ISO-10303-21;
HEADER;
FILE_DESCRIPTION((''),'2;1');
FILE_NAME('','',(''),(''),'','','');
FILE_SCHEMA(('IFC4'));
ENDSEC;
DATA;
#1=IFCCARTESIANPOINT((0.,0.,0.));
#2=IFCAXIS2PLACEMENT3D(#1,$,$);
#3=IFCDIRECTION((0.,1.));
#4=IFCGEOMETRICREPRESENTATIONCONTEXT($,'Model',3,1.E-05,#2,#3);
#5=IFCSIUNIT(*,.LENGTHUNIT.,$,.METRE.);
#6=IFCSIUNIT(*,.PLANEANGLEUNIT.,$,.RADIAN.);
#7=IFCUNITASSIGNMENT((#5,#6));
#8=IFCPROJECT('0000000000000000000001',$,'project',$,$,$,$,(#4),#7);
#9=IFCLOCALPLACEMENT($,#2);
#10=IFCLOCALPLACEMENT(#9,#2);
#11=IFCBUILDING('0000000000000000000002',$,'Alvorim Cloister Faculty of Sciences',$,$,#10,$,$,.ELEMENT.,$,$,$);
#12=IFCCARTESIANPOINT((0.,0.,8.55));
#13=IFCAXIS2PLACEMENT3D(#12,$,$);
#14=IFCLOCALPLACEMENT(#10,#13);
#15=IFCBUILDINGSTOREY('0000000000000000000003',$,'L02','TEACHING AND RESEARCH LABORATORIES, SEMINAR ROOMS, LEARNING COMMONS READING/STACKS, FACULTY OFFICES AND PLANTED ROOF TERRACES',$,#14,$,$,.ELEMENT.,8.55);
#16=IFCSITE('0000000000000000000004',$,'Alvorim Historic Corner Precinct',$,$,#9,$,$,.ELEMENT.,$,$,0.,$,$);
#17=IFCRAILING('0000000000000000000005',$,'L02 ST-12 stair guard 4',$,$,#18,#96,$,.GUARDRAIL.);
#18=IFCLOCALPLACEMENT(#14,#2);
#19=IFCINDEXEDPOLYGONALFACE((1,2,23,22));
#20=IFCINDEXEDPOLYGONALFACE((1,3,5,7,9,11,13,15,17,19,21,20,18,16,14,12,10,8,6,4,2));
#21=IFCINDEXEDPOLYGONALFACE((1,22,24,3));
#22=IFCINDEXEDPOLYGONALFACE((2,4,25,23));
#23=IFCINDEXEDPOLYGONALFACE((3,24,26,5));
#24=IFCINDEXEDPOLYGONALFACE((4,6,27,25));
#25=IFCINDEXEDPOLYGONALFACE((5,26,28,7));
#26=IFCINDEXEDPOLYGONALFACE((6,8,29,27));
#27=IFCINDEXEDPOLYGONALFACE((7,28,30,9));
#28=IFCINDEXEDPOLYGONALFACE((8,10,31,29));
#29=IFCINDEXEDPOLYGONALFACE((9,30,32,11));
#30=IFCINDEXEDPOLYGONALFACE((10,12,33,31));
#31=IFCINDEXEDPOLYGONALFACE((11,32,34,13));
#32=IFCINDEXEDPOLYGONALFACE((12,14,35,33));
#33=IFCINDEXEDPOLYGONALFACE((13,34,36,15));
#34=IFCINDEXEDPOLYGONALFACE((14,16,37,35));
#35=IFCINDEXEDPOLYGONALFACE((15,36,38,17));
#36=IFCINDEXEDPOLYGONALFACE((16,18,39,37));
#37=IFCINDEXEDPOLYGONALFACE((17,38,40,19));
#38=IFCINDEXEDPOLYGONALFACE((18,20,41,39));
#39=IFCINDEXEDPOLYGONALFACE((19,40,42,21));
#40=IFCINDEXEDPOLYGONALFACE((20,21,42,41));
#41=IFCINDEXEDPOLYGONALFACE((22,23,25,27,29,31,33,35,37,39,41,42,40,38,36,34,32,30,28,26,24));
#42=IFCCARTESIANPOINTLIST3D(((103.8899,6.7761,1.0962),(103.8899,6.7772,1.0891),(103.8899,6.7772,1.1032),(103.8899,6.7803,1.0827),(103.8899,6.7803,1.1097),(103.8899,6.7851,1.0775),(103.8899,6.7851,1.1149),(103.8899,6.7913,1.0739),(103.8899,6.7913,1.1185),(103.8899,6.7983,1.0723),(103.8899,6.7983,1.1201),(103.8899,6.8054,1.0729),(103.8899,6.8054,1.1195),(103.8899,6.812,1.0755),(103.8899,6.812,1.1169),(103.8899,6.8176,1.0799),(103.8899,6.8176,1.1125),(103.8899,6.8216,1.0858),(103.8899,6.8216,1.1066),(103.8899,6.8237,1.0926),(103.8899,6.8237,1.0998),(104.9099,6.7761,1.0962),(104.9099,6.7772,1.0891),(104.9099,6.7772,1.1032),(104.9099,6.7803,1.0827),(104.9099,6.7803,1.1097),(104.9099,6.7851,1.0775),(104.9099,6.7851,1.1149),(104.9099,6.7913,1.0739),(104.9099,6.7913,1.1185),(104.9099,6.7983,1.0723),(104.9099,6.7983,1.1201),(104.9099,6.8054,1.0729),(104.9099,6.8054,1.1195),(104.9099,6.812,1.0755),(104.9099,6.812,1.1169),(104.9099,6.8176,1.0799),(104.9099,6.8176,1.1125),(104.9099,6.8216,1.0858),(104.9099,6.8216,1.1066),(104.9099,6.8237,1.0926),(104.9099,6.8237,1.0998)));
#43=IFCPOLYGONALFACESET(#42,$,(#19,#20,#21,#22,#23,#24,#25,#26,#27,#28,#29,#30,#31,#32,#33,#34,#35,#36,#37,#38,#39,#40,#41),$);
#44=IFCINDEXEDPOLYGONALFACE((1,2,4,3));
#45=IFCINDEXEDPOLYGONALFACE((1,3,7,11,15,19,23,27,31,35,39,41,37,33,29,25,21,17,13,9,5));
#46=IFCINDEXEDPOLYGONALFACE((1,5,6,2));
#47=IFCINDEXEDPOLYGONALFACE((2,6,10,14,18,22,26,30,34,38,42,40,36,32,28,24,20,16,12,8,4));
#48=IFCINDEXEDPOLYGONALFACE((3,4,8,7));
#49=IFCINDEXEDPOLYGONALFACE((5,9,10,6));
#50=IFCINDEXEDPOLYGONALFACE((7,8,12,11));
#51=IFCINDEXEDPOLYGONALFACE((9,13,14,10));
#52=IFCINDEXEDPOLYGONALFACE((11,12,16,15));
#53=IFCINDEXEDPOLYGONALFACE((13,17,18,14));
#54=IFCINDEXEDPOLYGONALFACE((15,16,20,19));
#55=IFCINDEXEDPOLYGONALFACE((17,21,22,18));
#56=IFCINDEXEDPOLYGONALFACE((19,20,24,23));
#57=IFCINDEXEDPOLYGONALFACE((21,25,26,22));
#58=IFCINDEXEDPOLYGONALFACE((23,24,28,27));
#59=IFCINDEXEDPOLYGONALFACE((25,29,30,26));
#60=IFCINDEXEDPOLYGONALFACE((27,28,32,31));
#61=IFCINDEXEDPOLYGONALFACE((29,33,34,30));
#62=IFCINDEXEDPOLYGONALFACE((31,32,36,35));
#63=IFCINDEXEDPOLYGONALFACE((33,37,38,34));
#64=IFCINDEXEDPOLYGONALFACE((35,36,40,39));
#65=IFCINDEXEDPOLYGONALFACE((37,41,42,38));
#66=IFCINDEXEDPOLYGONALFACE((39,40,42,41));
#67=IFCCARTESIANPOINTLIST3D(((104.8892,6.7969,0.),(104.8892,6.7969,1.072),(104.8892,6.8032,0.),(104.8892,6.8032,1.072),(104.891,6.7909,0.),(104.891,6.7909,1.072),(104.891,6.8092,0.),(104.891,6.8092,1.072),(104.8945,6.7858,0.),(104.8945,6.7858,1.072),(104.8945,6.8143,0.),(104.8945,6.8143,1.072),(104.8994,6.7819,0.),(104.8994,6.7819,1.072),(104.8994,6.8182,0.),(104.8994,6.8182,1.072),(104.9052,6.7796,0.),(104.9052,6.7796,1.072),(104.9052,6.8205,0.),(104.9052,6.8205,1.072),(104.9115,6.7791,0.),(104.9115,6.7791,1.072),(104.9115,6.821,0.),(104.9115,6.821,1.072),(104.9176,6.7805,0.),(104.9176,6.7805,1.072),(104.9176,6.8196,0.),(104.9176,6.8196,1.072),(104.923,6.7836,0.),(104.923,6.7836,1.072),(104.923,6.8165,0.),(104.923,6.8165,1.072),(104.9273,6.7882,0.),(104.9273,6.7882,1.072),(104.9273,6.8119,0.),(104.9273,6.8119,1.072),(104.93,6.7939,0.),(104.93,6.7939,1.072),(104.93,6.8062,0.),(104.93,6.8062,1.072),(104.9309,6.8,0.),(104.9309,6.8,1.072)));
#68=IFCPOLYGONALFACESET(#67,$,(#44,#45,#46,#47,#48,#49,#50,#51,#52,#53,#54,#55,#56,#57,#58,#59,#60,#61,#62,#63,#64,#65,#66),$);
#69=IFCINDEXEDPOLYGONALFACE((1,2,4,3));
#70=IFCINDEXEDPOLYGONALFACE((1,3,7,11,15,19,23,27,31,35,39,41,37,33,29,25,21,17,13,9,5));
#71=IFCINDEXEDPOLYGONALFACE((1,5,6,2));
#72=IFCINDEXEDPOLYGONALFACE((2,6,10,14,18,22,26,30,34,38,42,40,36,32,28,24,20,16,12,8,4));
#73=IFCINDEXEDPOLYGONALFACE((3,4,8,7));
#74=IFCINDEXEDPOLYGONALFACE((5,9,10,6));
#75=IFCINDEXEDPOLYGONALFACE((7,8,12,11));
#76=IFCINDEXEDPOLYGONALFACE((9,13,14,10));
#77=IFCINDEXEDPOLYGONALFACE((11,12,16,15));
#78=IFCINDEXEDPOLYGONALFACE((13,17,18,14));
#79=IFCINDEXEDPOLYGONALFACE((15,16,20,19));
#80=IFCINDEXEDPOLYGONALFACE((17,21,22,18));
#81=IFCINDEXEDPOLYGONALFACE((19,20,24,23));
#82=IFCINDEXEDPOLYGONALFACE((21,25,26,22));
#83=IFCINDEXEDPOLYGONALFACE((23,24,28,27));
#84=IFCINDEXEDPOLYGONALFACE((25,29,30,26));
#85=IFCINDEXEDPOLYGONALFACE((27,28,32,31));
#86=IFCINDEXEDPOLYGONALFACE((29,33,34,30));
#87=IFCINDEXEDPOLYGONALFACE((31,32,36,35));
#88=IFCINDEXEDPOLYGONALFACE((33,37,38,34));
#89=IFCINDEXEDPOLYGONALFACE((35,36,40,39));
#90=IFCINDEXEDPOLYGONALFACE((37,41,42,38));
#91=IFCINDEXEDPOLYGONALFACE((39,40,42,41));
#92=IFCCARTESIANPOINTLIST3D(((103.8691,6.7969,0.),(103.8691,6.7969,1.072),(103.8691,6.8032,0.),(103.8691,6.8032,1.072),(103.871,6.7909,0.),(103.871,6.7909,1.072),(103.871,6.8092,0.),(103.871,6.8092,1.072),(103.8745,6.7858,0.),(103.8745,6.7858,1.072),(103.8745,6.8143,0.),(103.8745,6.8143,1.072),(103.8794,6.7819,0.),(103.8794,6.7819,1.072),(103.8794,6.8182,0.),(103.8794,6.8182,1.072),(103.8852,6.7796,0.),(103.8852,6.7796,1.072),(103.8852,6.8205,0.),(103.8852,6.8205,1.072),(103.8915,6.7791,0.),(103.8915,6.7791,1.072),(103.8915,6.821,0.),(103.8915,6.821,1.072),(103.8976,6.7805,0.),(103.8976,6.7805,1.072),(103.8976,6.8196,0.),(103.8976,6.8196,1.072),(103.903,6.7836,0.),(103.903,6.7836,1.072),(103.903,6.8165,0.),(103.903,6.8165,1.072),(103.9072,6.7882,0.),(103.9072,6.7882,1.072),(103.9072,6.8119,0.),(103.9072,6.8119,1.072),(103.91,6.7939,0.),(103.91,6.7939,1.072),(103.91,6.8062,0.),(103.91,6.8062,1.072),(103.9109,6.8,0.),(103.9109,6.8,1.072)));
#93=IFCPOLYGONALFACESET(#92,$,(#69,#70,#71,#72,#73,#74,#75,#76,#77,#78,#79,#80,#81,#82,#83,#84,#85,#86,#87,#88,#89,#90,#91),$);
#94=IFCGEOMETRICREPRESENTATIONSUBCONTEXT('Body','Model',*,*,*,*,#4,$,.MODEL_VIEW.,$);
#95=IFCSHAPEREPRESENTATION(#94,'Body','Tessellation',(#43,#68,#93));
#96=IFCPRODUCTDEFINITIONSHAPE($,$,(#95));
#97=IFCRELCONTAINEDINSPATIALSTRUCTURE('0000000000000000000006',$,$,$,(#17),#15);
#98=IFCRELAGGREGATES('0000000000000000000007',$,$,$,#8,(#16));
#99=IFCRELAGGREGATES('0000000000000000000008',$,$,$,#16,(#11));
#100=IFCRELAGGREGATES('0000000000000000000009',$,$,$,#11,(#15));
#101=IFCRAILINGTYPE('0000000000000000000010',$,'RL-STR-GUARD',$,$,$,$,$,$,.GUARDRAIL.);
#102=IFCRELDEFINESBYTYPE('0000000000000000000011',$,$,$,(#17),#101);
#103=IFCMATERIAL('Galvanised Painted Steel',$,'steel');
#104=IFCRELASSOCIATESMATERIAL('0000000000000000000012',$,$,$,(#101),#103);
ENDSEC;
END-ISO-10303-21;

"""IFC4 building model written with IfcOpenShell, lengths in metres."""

from ifc_helpers import new_model, si_unit, direction, frame, origin, origin_2d, place, context, subcontext, project, spatial, circle, extrude, material, type_object, element, save


model = new_model("IFC4")

# Units and contexts
model_context = context("Model", 3, precision=1e-05, world=origin(), true_north=direction((0.0, 1.0)))
body_context = subcontext(model_context, "Body", "Model", "MODEL_VIEW")
ifc_project = project(units=[si_unit("LENGTHUNIT", "METRE"), si_unit("PLANEANGLEUNIT", "RADIAN")], contexts=[model_context])

# Site, building, storey
site_placement = place(None, origin())
site = spatial("IfcSite", under=ifc_project, at=site_placement, Name="Alvorim Historic Corner Precinct", CompositionType="ELEMENT", RefElevation=0.0)
building_placement = place(site_placement, origin())
building = spatial("IfcBuilding", under=site, at=building_placement, Name="Alvorim Cloister Faculty of Sciences", CompositionType="ELEMENT")
storey_placement = place(building_placement, frame((0.0, 0.0, 8.55)))
storey = spatial("IfcBuildingStorey", under=building, at=storey_placement, Name="L02", Description="TEACHING AND RESEARCH LABORATORIES, SEMINAR ROOMS, LEARNING COMMONS READING/STACKS, FACULTY OFFICES AND PLANTED ROOF TERRACES", CompositionType="ELEMENT", Elevation=8.55)

# Railing
ifc_material_1 = material(Name="Galvanised Painted Steel", Category="steel")
railing_type_1 = type_object("IfcRailingType", Name="RL-STR-GUARD", PredefinedType="GUARDRAIL", material=ifc_material_1)
railing_1_placement = place(storey_placement, frame((104.9099, 6.8, 0.0)))
element("IfcRailing", 1, at=railing_1_placement, inside=storey, type_object=railing_type_1, Name="L02 ST-12 stair guard 4", PredefinedType="GUARDRAIL", context=body_context, shape_type="SweptSolid", body=[
    extrude(circle(Radius=0.0239, at=origin_2d()), frame((0.0, 0.0, 1.0962), z_axis=(-1.0, 0.0, 0.0), x_axis=(0.0, -1.0, 0.0)), (0.0, 0.0, 1.0), 1.02),
    extrude(circle(Radius=0.021, at=origin_2d()), origin(), (0.0, 0.0, 1.0), 1.072),
    extrude(circle(Radius=0.021, at=origin_2d()), frame((-1.02, 0.0, 0.0)), (0.0, 0.0, 1.0), 1.072),
])

save(model, "model.ifc")
